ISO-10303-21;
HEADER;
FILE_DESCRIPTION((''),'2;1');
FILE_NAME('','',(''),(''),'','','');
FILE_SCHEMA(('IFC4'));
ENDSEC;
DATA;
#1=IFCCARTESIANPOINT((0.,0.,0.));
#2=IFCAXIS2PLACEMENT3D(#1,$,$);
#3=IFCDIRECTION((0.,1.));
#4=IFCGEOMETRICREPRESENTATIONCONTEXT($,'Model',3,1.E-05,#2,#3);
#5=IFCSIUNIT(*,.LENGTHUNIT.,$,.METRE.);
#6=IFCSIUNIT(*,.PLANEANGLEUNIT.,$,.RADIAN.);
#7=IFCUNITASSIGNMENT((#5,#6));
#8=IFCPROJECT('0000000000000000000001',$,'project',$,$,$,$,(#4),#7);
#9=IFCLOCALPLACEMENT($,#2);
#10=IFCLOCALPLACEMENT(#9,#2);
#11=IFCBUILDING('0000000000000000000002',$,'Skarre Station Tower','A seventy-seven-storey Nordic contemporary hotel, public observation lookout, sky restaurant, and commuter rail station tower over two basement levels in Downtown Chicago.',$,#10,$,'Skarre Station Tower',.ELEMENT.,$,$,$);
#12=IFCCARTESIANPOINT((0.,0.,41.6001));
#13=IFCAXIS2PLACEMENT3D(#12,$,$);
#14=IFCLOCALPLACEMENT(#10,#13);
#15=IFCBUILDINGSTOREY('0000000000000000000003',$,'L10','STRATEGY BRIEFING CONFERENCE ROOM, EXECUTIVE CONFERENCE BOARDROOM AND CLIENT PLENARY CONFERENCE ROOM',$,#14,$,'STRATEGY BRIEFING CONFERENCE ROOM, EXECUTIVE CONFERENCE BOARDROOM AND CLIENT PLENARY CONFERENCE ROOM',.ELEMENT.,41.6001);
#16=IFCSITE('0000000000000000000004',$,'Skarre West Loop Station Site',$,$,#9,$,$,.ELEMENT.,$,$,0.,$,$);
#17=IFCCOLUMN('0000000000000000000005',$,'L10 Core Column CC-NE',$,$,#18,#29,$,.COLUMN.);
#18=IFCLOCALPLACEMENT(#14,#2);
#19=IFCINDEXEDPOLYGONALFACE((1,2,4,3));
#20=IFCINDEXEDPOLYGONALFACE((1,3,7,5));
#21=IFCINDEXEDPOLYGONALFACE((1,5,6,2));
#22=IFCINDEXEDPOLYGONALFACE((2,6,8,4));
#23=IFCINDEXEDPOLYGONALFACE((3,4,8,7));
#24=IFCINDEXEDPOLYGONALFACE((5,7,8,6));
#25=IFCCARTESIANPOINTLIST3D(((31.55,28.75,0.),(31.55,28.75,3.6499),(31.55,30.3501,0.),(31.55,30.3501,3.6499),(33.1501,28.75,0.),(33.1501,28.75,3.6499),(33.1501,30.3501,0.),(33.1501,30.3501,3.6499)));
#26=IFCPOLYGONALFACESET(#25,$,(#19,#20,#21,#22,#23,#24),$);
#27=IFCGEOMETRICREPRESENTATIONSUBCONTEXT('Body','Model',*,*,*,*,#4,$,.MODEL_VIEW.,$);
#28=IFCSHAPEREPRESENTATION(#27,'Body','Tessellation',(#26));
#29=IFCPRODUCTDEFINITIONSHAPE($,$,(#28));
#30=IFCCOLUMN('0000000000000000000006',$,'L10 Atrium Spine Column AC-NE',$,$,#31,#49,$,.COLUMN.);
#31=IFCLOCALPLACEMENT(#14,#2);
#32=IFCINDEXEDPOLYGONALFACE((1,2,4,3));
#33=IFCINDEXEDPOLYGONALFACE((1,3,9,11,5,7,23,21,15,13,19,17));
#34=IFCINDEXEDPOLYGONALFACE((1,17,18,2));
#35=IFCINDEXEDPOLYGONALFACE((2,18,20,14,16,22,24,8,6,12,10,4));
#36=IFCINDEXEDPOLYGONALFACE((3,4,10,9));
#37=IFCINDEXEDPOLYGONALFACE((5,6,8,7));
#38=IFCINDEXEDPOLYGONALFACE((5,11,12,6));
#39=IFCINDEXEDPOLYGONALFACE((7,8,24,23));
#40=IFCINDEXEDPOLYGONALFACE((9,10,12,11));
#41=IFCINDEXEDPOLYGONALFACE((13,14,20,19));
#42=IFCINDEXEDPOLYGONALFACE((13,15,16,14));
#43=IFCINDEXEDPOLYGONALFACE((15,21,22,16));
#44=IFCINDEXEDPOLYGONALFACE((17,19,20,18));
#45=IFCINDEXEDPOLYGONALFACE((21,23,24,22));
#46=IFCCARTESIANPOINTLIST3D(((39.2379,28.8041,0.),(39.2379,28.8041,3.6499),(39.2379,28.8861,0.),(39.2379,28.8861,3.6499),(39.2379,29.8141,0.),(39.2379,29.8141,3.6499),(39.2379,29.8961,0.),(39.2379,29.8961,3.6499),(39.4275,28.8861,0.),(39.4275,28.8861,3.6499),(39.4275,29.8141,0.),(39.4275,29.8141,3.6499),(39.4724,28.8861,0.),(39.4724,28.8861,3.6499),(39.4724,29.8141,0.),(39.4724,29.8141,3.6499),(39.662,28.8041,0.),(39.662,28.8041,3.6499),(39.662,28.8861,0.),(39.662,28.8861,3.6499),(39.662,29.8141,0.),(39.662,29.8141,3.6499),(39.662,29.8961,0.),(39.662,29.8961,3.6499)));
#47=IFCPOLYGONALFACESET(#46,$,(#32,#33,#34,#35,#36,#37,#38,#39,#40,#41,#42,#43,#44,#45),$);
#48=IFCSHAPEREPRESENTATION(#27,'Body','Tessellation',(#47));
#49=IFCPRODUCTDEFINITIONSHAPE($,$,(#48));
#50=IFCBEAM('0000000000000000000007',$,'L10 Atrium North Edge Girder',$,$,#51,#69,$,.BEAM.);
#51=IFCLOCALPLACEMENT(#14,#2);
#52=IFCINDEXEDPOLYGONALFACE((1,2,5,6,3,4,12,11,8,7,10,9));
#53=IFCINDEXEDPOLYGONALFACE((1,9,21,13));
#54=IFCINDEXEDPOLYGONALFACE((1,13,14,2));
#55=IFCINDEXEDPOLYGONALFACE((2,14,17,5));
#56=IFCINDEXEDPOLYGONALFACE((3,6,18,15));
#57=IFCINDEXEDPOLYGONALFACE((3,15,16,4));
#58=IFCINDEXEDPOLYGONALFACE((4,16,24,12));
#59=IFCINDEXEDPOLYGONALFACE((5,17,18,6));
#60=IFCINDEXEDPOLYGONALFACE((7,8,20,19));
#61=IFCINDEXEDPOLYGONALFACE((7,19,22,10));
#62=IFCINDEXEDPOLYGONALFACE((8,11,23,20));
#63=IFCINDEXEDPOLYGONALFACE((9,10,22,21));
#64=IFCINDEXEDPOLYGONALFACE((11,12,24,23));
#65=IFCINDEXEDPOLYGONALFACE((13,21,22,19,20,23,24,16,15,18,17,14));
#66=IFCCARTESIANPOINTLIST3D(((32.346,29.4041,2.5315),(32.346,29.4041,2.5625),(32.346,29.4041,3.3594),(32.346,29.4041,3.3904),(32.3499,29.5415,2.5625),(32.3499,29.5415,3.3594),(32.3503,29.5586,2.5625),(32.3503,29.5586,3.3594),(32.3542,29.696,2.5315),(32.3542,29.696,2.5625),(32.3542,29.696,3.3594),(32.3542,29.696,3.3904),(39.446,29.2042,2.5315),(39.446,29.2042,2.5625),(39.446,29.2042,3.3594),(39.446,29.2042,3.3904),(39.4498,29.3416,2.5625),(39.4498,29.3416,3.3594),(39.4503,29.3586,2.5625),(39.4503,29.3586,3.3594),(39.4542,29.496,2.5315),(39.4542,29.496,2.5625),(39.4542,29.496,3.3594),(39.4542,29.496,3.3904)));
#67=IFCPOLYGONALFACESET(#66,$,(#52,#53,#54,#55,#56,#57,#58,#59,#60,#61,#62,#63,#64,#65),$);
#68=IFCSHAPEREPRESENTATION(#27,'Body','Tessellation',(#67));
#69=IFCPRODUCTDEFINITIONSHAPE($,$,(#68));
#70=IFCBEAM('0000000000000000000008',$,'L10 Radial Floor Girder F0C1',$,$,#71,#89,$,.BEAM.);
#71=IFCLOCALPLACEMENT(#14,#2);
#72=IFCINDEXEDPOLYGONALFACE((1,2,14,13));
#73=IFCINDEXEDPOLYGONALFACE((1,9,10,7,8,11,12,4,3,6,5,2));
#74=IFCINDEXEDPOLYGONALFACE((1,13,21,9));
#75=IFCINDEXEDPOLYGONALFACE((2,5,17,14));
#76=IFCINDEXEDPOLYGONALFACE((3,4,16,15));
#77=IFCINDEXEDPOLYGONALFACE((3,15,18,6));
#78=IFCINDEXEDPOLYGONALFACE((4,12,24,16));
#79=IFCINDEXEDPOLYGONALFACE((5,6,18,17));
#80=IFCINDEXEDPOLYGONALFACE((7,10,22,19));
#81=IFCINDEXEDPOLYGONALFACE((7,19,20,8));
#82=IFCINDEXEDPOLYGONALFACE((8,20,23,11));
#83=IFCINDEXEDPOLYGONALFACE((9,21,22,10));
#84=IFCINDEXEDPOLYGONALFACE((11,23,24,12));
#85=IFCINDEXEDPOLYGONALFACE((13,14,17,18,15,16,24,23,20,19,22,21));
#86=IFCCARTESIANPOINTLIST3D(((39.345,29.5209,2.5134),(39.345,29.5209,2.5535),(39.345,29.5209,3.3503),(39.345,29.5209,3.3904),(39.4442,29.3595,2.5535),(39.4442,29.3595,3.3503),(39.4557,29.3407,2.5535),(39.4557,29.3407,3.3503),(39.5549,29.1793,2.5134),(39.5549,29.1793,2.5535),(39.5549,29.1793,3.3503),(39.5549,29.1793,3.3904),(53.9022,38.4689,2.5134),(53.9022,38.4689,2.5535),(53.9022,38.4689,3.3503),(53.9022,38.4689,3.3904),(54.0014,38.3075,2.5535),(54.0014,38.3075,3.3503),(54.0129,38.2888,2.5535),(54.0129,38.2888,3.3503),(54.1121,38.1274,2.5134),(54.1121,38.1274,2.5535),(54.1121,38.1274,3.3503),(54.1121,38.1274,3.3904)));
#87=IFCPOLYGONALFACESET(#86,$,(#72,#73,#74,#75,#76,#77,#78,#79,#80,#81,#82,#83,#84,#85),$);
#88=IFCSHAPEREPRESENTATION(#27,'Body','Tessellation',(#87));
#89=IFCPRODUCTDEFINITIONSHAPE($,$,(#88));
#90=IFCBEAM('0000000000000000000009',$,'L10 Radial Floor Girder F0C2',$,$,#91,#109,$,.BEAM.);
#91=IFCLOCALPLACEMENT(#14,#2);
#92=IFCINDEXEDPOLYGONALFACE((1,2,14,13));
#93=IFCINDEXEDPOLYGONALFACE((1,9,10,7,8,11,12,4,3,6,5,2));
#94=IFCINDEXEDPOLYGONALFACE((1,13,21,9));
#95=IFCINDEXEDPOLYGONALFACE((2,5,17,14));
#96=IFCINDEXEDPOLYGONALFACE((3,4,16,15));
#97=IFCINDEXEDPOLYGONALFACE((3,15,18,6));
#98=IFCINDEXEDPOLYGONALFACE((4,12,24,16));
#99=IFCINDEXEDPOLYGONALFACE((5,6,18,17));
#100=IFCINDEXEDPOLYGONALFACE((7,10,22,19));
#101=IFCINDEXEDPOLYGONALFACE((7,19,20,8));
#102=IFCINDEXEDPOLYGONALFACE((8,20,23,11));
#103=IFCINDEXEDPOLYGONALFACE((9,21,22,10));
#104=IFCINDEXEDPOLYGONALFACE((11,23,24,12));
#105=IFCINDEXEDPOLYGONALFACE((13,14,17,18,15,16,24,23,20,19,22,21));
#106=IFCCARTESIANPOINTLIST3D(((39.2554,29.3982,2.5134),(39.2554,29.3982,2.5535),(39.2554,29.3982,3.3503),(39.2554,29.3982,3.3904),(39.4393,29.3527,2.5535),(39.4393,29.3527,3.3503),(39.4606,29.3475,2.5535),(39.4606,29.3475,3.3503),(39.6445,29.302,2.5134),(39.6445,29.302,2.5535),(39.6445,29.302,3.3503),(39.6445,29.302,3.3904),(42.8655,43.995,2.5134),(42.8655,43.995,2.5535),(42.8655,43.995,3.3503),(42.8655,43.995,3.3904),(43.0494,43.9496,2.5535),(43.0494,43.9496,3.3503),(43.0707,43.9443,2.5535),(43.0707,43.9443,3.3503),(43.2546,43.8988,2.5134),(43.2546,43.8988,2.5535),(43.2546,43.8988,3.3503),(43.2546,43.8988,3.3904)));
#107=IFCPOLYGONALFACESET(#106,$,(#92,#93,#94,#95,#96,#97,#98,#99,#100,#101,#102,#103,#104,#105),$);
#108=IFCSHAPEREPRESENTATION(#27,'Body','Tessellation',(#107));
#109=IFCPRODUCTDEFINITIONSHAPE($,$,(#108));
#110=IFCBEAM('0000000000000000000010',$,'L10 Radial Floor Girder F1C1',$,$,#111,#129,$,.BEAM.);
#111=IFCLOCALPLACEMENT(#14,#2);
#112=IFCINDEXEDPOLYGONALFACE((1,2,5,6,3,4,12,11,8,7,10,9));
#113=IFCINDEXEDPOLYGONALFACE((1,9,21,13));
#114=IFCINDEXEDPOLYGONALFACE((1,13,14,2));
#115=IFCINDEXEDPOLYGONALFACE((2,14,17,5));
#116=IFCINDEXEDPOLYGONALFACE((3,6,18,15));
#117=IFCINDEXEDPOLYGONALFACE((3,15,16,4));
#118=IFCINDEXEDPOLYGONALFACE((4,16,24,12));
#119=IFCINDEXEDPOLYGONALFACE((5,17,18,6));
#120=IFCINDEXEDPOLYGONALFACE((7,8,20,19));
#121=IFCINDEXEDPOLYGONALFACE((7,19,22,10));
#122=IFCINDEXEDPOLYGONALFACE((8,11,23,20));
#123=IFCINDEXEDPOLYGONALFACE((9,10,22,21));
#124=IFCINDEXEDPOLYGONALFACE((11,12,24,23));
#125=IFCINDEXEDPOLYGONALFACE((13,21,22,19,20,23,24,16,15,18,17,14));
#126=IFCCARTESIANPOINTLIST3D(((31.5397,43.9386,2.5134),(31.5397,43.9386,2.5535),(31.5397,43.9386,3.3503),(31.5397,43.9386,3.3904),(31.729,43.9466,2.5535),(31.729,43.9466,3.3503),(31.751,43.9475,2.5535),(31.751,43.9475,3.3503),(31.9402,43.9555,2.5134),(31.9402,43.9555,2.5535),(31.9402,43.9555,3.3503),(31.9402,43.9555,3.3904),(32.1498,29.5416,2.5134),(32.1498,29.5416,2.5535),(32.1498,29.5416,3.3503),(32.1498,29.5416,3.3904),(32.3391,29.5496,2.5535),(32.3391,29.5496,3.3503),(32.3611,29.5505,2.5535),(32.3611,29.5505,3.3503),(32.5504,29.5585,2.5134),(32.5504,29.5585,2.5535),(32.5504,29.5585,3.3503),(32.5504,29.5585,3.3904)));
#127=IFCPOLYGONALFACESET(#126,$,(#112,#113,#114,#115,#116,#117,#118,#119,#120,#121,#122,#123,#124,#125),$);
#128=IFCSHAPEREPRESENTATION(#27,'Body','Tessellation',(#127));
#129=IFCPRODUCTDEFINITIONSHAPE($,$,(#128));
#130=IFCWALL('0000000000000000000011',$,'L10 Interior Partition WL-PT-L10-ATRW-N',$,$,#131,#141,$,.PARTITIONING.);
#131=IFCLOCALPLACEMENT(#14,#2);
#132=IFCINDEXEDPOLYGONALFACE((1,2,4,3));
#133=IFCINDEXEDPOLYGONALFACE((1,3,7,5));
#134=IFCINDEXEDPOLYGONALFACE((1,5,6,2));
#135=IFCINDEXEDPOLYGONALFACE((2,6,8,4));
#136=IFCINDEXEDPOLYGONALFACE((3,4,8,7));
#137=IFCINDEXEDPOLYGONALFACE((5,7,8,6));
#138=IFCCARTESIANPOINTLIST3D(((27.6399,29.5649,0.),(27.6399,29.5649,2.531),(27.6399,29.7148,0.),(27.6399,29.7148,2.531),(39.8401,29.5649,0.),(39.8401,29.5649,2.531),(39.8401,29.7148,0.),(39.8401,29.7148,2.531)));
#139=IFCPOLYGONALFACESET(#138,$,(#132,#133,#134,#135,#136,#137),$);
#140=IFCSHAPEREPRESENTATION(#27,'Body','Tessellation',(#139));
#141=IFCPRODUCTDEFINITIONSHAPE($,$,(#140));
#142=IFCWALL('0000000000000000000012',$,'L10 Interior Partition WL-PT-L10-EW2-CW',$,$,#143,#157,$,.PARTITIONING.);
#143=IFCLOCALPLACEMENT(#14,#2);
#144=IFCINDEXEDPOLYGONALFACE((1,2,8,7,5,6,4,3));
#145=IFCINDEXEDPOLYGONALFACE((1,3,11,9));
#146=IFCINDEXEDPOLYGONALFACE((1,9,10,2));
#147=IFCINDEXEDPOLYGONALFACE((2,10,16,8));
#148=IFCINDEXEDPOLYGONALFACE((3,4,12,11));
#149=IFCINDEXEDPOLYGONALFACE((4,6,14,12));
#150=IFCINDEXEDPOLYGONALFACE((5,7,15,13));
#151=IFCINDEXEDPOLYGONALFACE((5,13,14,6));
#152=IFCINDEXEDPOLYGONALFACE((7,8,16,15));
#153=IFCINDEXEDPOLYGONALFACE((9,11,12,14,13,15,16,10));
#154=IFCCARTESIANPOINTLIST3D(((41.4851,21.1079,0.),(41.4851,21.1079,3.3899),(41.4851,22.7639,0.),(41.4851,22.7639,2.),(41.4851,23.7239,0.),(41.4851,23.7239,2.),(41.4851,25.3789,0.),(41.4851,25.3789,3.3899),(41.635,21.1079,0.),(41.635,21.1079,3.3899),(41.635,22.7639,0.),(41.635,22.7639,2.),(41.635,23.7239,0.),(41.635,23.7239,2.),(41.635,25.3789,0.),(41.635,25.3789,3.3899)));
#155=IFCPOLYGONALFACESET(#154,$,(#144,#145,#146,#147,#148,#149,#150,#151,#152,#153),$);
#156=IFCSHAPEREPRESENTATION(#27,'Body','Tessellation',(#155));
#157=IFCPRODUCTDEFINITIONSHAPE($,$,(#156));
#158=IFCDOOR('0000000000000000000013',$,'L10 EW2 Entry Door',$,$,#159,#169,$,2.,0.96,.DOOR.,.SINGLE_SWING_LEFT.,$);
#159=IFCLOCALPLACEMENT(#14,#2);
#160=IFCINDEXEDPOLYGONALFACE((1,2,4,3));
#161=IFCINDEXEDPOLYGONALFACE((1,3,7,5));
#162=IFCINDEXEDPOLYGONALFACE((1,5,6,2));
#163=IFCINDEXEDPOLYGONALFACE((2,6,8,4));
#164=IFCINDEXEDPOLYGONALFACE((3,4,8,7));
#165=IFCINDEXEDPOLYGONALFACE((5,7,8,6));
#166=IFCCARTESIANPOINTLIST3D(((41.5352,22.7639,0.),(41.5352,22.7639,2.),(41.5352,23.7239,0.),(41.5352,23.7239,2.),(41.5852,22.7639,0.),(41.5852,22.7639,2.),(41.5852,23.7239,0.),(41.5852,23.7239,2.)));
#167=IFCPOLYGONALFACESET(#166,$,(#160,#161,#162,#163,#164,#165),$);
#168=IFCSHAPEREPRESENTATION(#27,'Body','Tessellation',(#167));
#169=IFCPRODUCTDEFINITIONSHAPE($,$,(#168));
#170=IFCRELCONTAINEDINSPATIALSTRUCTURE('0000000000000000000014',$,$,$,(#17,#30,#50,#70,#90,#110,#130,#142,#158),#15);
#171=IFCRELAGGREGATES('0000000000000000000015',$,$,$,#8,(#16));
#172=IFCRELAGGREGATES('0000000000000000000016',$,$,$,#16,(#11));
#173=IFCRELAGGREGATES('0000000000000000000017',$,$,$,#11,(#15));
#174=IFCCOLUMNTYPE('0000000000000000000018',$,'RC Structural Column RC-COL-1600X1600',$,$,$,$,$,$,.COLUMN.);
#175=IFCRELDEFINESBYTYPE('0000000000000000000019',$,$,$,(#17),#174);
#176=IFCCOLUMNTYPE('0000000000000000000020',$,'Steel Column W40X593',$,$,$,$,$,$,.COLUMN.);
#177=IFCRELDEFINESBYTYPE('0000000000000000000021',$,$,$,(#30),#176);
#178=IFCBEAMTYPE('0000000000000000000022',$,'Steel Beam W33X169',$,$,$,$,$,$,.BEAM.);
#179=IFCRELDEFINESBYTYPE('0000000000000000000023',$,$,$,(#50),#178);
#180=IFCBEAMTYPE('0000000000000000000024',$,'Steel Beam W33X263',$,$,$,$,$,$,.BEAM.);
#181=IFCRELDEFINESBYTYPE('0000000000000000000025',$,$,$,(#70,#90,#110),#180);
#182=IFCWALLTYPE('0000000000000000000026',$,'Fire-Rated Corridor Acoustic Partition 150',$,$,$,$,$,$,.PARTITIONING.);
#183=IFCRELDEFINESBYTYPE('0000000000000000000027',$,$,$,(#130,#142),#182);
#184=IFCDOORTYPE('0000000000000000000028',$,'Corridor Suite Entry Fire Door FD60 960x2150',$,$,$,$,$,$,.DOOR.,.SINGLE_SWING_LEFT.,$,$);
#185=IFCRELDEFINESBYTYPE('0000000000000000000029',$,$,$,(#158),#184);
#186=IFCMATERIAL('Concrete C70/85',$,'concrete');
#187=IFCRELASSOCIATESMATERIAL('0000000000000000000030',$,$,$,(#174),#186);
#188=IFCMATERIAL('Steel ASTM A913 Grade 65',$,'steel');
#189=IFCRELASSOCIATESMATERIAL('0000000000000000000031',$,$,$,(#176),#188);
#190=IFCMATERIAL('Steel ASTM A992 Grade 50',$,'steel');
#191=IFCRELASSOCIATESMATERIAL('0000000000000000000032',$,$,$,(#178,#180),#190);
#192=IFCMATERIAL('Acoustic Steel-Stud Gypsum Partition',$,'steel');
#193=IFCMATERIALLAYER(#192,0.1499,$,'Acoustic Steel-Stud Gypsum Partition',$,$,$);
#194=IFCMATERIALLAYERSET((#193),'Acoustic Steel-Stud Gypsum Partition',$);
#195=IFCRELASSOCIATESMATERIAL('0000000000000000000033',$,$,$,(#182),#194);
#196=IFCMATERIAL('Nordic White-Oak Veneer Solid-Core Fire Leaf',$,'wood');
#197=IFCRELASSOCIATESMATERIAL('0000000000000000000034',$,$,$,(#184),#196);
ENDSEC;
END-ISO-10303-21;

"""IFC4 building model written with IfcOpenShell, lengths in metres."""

from ifc_helpers import new_model, si_unit, direction, frame, frame_2d, origin, origin_2d, place, context, subcontext, project, spatial, rectangle, i_section, extrude, material, layer, layer_set, material_profile, profile_set, type_object, element, fill, save


model = new_model("IFC4")

# Units and contexts
model_context = context("Model", 3, precision=1e-05, world=origin(), true_north=direction((0.0, 1.0)))
body_context = subcontext(model_context, "Body", "Model", "MODEL_VIEW")
ifc_project = project(units=[si_unit("LENGTHUNIT", "METRE"), si_unit("PLANEANGLEUNIT", "RADIAN")], contexts=[model_context])

# Site, building, storey
site_placement = place(None, origin())
site = spatial("IfcSite", under=ifc_project, at=site_placement, Name="Skarre West Loop Station Site", CompositionType="ELEMENT", RefElevation=0.0)
building_placement = place(site_placement, origin())
building = spatial("IfcBuilding", under=site, at=building_placement, Name="Skarre Station Tower", Description="A seventy-seven-storey Nordic contemporary hotel, public observation lookout, sky restaurant, and commuter rail station tower over two basement levels in Downtown Chicago.", LongName="Skarre Station Tower", CompositionType="ELEMENT")
storey_placement = place(building_placement, frame((0.0, 0.0, 41.6001)))
storey = spatial("IfcBuildingStorey", under=building, at=storey_placement, Name="L10", Description="STRATEGY BRIEFING CONFERENCE ROOM, EXECUTIVE CONFERENCE BOARDROOM AND CLIENT PLENARY CONFERENCE ROOM", LongName="STRATEGY BRIEFING CONFERENCE ROOM, EXECUTIVE CONFERENCE BOARDROOM AND CLIENT PLENARY CONFERENCE ROOM", CompositionType="ELEMENT", Elevation=41.6001)

# Columns
ifc_material_1 = material(Name="Concrete C70/85", Category="concrete")
ifc_material_profile_1 = material_profile(ifc_material_1, rectangle(XDim=1.6001, YDim=1.6001, at=origin_2d()), Name="Concrete C70/85")
ifc_profile_set_1 = profile_set([ifc_material_profile_1], Name="Concrete C70/85")
column_type_1 = type_object("IfcColumnType", Name="RC Structural Column RC-COL-1600X1600", PredefinedType="COLUMN", material=ifc_profile_set_1)
column_1_placement = place(storey_placement, frame((32.3501, 29.55, 0.0), z_axis=(0.0, 0.0, 1.0), x_axis=(1.0, 0.0, 0.0)))
element("IfcColumn", 1, at=column_1_placement, inside=storey, type_object=column_type_1, Name="L10 Core Column CC-NE", PredefinedType="COLUMN", context=body_context, shape_type="SweptSolid", body=[
    extrude(rectangle(XDim=1.6001, YDim=1.6001, at=origin_2d()), origin(), (0.0, 0.0, 1.0), 3.6499),
])
ifc_material_2 = material(Name="Steel ASTM A913 Grade 65", Category="steel")
ifc_material_profile_2 = material_profile(ifc_material_2, i_section(OverallWidth=0.4241, OverallDepth=1.092, WebThickness=0.0449, FlangeThickness=0.082, at=origin_2d()), Name="Steel ASTM A913 Grade 65")
ifc_profile_set_2 = profile_set([ifc_material_profile_2], Name="Steel ASTM A913 Grade 65")
column_type_2 = type_object("IfcColumnType", Name="Steel Column W40X593", PredefinedType="COLUMN", material=ifc_profile_set_2)
column_2_placement = place(storey_placement, frame((39.45, 29.3501, 0.0), z_axis=(0.0, 0.0, 1.0), x_axis=(1.0, 0.0, 0.0)))
element("IfcColumn", 2, at=column_2_placement, inside=storey, type_object=column_type_2, Name="L10 Atrium Spine Column AC-NE", PredefinedType="COLUMN", context=body_context, shape_type="SweptSolid", body=[
    extrude(i_section(OverallWidth=0.4241, OverallDepth=1.092, WebThickness=0.0449, FlangeThickness=0.082, at=origin_2d()), origin(), (0.0, 0.0, 1.0), 3.6499),
])

# Beams
ifc_material_3 = material(Name="Steel ASTM A992 Grade 50", Category="steel")
ifc_material_profile_3 = material_profile(ifc_material_3, i_section(OverallWidth=0.292, OverallDepth=0.8589, WebThickness=0.0171, FlangeThickness=0.031, at=origin_2d()), Name="Steel ASTM A992 Grade 50")
ifc_profile_set_3 = profile_set([ifc_material_profile_3], Name="Steel ASTM A992 Grade 50")
beam_type_1 = type_object("IfcBeamType", Name="Steel Beam W33X169", PredefinedType="BEAM", material=ifc_profile_set_3)
beam_1_placement = place(storey_placement, frame((32.3501, 29.55, 2.9609), z_axis=(0.999604, -0.028152, 0.0), x_axis=(0.028152, 0.999604, 0.0)))
element("IfcBeam", 3, at=beam_1_placement, inside=storey, type_object=beam_type_1, Name="L10 Atrium North Edge Girder", PredefinedType="BEAM", context=body_context, shape_type="SweptSolid", body=[
    extrude(i_section(OverallWidth=0.292, OverallDepth=0.8589, WebThickness=0.0171, FlangeThickness=0.031, at=origin_2d()), origin(), (0.0, 0.0, 1.0), 7.1028),
])
ifc_material_profile_4 = material_profile(ifc_material_3, i_section(OverallWidth=0.4009, OverallDepth=0.877, WebThickness=0.022, FlangeThickness=0.04, at=origin_2d()), Name="Steel ASTM A992 Grade 50")
ifc_profile_set_4 = profile_set([ifc_material_profile_4], Name="Steel ASTM A992 Grade 50")
beam_type_2 = type_object("IfcBeamType", Name="Steel Beam W33X263", PredefinedType="BEAM", material=ifc_profile_set_4)
beam_2_placement = place(storey_placement, frame((39.45, 29.3501, 2.9519), z_axis=(0.851926, 0.523663, 0.0), x_axis=(-0.523663, 0.851926, 0.0)))
element("IfcBeam", 4, at=beam_2_placement, inside=storey, type_object=beam_type_2, Name="L10 Radial Floor Girder F0C1", PredefinedType="BEAM", context=body_context, shape_type="SweptSolid", body=[
    extrude(i_section(OverallWidth=0.4009, OverallDepth=0.877, WebThickness=0.022, FlangeThickness=0.04, at=origin_2d()), origin(), (0.0, 0.0, 1.0), 17.0874),
])
beam_3_placement = place(storey_placement, frame((39.45, 29.3501, 2.9519), z_axis=(0.240086, 0.970752, 0.0), x_axis=(-0.970752, 0.240086, 0.0)))
element("IfcBeam", 5, at=beam_3_placement, inside=storey, type_object=beam_type_2, Name="L10 Radial Floor Girder F0C2", PredefinedType="BEAM", context=body_context, shape_type="SweptSolid", body=[
    extrude(i_section(OverallWidth=0.4009, OverallDepth=0.877, WebThickness=0.022, FlangeThickness=0.04, at=origin_2d()), origin(), (0.0, 0.0, 1.0), 15.0366),
])
beam_4_placement = place(storey_placement, frame((32.3501, 29.55, 2.9519), z_axis=(-0.042339, 0.999103, 0.0), x_axis=(-0.999103, -0.042339, 0.0)))
element("IfcBeam", 6, at=beam_4_placement, inside=storey, type_object=beam_type_2, Name="L10 Radial Floor Girder F1C1", PredefinedType="BEAM", context=body_context, shape_type="SweptSolid", body=[
    extrude(i_section(OverallWidth=0.4009, OverallDepth=0.877, WebThickness=0.022, FlangeThickness=0.04, at=origin_2d()), origin(), (0.0, 0.0, 1.0), 14.4099),
])

# Wall
ifc_material_4 = material(Name="Acoustic Steel-Stud Gypsum Partition", Category="steel")
ifc_layer_1 = layer(ifc_material_4, 0.1499, Name="Acoustic Steel-Stud Gypsum Partition")
ifc_layer_set_1 = layer_set([ifc_layer_1], Name="Acoustic Steel-Stud Gypsum Partition")
wall_type_1 = type_object("IfcWallType", Name="Fire-Rated Corridor Acoustic Partition 150", PredefinedType="PARTITIONING", material=ifc_layer_set_1)
wall_1_placement = place(storey_placement, frame((39.8401, 29.6399, 0.0), z_axis=(0.0, 0.0, 1.0), x_axis=(-1.0, 0.0, 0.0)))
element("IfcWall", 7, at=wall_1_placement, inside=storey, type_object=wall_type_1, Name="L10 Interior Partition WL-PT-L10-ATRW-N", PredefinedType="PARTITIONING", context=body_context, shape_type="SweptSolid", body=[
    extrude(rectangle(XDim=12.2002, YDim=0.1499, at=frame_2d((6.1001, 0.0))), origin(), (0.0, 0.0, 1.0), 2.531),
])

# Wall, opening, door
wall_2_placement = place(storey_placement, frame((41.5601, 21.1079, 0.0), z_axis=(0.0, 0.0, 1.0), x_axis=(0.0, 1.0, 0.0)))
wall_2 = element("IfcWall", 8, at=wall_2_placement, inside=storey, type_object=wall_type_1, Name="L10 Interior Partition WL-PT-L10-EW2-CW", PredefinedType="PARTITIONING", context=body_context, shape_type="SweptSolid", body=[
    extrude(rectangle(XDim=4.271, YDim=0.1499, at=frame_2d((2.1355, 0.0))), origin(), (0.0, 0.0, 1.0), 3.3899),
])
opening_1_placement = place(wall_2_placement, frame((1.656, 0.0, 0.0)))
opening_1 = element("IfcOpeningElement", 9, at=opening_1_placement, cuts=wall_2, PredefinedType="OPENING", context=body_context, shape_type="SweptSolid", body=[
    extrude(rectangle(XDim=0.96, YDim=2.0, at=frame_2d((0.48, 1.0))), frame((0.0, 0.085, 0.0), z_axis=(0.0, -1.0, 0.0), x_axis=(1.0, 0.0, 0.0)), (0.0, 0.0, 1.0), 0.1699),
])
ifc_material_5 = material(Name="Nordic White-Oak Veneer Solid-Core Fire Leaf", Category="wood")
door_type = type_object("IfcDoorType", Name="Corridor Suite Entry Fire Door FD60 960x2150", OperationType="SINGLE_SWING_LEFT", PredefinedType="DOOR", material=ifc_material_5)
door_1_placement = place(opening_1_placement, origin())
door_1 = element("IfcDoor", 10, at=door_1_placement, inside=storey, type_object=door_type, Name="L10 EW2 Entry Door", OperationType="SINGLE_SWING_LEFT", OverallHeight=2.0, OverallWidth=0.96, PredefinedType="DOOR", context=body_context, shape_type="SweptSolid", body=[
    extrude(rectangle(XDim=0.96, YDim=2.0, at=frame_2d((0.48, 1.0))), frame((0.0, 0.0249, 0.0), z_axis=(0.0, -1.0, 0.0), x_axis=(1.0, 0.0, 0.0)), (0.0, 0.0, 1.0), 0.05),
])
fill(opening_1, door_1)

save(model, "model.ifc")
